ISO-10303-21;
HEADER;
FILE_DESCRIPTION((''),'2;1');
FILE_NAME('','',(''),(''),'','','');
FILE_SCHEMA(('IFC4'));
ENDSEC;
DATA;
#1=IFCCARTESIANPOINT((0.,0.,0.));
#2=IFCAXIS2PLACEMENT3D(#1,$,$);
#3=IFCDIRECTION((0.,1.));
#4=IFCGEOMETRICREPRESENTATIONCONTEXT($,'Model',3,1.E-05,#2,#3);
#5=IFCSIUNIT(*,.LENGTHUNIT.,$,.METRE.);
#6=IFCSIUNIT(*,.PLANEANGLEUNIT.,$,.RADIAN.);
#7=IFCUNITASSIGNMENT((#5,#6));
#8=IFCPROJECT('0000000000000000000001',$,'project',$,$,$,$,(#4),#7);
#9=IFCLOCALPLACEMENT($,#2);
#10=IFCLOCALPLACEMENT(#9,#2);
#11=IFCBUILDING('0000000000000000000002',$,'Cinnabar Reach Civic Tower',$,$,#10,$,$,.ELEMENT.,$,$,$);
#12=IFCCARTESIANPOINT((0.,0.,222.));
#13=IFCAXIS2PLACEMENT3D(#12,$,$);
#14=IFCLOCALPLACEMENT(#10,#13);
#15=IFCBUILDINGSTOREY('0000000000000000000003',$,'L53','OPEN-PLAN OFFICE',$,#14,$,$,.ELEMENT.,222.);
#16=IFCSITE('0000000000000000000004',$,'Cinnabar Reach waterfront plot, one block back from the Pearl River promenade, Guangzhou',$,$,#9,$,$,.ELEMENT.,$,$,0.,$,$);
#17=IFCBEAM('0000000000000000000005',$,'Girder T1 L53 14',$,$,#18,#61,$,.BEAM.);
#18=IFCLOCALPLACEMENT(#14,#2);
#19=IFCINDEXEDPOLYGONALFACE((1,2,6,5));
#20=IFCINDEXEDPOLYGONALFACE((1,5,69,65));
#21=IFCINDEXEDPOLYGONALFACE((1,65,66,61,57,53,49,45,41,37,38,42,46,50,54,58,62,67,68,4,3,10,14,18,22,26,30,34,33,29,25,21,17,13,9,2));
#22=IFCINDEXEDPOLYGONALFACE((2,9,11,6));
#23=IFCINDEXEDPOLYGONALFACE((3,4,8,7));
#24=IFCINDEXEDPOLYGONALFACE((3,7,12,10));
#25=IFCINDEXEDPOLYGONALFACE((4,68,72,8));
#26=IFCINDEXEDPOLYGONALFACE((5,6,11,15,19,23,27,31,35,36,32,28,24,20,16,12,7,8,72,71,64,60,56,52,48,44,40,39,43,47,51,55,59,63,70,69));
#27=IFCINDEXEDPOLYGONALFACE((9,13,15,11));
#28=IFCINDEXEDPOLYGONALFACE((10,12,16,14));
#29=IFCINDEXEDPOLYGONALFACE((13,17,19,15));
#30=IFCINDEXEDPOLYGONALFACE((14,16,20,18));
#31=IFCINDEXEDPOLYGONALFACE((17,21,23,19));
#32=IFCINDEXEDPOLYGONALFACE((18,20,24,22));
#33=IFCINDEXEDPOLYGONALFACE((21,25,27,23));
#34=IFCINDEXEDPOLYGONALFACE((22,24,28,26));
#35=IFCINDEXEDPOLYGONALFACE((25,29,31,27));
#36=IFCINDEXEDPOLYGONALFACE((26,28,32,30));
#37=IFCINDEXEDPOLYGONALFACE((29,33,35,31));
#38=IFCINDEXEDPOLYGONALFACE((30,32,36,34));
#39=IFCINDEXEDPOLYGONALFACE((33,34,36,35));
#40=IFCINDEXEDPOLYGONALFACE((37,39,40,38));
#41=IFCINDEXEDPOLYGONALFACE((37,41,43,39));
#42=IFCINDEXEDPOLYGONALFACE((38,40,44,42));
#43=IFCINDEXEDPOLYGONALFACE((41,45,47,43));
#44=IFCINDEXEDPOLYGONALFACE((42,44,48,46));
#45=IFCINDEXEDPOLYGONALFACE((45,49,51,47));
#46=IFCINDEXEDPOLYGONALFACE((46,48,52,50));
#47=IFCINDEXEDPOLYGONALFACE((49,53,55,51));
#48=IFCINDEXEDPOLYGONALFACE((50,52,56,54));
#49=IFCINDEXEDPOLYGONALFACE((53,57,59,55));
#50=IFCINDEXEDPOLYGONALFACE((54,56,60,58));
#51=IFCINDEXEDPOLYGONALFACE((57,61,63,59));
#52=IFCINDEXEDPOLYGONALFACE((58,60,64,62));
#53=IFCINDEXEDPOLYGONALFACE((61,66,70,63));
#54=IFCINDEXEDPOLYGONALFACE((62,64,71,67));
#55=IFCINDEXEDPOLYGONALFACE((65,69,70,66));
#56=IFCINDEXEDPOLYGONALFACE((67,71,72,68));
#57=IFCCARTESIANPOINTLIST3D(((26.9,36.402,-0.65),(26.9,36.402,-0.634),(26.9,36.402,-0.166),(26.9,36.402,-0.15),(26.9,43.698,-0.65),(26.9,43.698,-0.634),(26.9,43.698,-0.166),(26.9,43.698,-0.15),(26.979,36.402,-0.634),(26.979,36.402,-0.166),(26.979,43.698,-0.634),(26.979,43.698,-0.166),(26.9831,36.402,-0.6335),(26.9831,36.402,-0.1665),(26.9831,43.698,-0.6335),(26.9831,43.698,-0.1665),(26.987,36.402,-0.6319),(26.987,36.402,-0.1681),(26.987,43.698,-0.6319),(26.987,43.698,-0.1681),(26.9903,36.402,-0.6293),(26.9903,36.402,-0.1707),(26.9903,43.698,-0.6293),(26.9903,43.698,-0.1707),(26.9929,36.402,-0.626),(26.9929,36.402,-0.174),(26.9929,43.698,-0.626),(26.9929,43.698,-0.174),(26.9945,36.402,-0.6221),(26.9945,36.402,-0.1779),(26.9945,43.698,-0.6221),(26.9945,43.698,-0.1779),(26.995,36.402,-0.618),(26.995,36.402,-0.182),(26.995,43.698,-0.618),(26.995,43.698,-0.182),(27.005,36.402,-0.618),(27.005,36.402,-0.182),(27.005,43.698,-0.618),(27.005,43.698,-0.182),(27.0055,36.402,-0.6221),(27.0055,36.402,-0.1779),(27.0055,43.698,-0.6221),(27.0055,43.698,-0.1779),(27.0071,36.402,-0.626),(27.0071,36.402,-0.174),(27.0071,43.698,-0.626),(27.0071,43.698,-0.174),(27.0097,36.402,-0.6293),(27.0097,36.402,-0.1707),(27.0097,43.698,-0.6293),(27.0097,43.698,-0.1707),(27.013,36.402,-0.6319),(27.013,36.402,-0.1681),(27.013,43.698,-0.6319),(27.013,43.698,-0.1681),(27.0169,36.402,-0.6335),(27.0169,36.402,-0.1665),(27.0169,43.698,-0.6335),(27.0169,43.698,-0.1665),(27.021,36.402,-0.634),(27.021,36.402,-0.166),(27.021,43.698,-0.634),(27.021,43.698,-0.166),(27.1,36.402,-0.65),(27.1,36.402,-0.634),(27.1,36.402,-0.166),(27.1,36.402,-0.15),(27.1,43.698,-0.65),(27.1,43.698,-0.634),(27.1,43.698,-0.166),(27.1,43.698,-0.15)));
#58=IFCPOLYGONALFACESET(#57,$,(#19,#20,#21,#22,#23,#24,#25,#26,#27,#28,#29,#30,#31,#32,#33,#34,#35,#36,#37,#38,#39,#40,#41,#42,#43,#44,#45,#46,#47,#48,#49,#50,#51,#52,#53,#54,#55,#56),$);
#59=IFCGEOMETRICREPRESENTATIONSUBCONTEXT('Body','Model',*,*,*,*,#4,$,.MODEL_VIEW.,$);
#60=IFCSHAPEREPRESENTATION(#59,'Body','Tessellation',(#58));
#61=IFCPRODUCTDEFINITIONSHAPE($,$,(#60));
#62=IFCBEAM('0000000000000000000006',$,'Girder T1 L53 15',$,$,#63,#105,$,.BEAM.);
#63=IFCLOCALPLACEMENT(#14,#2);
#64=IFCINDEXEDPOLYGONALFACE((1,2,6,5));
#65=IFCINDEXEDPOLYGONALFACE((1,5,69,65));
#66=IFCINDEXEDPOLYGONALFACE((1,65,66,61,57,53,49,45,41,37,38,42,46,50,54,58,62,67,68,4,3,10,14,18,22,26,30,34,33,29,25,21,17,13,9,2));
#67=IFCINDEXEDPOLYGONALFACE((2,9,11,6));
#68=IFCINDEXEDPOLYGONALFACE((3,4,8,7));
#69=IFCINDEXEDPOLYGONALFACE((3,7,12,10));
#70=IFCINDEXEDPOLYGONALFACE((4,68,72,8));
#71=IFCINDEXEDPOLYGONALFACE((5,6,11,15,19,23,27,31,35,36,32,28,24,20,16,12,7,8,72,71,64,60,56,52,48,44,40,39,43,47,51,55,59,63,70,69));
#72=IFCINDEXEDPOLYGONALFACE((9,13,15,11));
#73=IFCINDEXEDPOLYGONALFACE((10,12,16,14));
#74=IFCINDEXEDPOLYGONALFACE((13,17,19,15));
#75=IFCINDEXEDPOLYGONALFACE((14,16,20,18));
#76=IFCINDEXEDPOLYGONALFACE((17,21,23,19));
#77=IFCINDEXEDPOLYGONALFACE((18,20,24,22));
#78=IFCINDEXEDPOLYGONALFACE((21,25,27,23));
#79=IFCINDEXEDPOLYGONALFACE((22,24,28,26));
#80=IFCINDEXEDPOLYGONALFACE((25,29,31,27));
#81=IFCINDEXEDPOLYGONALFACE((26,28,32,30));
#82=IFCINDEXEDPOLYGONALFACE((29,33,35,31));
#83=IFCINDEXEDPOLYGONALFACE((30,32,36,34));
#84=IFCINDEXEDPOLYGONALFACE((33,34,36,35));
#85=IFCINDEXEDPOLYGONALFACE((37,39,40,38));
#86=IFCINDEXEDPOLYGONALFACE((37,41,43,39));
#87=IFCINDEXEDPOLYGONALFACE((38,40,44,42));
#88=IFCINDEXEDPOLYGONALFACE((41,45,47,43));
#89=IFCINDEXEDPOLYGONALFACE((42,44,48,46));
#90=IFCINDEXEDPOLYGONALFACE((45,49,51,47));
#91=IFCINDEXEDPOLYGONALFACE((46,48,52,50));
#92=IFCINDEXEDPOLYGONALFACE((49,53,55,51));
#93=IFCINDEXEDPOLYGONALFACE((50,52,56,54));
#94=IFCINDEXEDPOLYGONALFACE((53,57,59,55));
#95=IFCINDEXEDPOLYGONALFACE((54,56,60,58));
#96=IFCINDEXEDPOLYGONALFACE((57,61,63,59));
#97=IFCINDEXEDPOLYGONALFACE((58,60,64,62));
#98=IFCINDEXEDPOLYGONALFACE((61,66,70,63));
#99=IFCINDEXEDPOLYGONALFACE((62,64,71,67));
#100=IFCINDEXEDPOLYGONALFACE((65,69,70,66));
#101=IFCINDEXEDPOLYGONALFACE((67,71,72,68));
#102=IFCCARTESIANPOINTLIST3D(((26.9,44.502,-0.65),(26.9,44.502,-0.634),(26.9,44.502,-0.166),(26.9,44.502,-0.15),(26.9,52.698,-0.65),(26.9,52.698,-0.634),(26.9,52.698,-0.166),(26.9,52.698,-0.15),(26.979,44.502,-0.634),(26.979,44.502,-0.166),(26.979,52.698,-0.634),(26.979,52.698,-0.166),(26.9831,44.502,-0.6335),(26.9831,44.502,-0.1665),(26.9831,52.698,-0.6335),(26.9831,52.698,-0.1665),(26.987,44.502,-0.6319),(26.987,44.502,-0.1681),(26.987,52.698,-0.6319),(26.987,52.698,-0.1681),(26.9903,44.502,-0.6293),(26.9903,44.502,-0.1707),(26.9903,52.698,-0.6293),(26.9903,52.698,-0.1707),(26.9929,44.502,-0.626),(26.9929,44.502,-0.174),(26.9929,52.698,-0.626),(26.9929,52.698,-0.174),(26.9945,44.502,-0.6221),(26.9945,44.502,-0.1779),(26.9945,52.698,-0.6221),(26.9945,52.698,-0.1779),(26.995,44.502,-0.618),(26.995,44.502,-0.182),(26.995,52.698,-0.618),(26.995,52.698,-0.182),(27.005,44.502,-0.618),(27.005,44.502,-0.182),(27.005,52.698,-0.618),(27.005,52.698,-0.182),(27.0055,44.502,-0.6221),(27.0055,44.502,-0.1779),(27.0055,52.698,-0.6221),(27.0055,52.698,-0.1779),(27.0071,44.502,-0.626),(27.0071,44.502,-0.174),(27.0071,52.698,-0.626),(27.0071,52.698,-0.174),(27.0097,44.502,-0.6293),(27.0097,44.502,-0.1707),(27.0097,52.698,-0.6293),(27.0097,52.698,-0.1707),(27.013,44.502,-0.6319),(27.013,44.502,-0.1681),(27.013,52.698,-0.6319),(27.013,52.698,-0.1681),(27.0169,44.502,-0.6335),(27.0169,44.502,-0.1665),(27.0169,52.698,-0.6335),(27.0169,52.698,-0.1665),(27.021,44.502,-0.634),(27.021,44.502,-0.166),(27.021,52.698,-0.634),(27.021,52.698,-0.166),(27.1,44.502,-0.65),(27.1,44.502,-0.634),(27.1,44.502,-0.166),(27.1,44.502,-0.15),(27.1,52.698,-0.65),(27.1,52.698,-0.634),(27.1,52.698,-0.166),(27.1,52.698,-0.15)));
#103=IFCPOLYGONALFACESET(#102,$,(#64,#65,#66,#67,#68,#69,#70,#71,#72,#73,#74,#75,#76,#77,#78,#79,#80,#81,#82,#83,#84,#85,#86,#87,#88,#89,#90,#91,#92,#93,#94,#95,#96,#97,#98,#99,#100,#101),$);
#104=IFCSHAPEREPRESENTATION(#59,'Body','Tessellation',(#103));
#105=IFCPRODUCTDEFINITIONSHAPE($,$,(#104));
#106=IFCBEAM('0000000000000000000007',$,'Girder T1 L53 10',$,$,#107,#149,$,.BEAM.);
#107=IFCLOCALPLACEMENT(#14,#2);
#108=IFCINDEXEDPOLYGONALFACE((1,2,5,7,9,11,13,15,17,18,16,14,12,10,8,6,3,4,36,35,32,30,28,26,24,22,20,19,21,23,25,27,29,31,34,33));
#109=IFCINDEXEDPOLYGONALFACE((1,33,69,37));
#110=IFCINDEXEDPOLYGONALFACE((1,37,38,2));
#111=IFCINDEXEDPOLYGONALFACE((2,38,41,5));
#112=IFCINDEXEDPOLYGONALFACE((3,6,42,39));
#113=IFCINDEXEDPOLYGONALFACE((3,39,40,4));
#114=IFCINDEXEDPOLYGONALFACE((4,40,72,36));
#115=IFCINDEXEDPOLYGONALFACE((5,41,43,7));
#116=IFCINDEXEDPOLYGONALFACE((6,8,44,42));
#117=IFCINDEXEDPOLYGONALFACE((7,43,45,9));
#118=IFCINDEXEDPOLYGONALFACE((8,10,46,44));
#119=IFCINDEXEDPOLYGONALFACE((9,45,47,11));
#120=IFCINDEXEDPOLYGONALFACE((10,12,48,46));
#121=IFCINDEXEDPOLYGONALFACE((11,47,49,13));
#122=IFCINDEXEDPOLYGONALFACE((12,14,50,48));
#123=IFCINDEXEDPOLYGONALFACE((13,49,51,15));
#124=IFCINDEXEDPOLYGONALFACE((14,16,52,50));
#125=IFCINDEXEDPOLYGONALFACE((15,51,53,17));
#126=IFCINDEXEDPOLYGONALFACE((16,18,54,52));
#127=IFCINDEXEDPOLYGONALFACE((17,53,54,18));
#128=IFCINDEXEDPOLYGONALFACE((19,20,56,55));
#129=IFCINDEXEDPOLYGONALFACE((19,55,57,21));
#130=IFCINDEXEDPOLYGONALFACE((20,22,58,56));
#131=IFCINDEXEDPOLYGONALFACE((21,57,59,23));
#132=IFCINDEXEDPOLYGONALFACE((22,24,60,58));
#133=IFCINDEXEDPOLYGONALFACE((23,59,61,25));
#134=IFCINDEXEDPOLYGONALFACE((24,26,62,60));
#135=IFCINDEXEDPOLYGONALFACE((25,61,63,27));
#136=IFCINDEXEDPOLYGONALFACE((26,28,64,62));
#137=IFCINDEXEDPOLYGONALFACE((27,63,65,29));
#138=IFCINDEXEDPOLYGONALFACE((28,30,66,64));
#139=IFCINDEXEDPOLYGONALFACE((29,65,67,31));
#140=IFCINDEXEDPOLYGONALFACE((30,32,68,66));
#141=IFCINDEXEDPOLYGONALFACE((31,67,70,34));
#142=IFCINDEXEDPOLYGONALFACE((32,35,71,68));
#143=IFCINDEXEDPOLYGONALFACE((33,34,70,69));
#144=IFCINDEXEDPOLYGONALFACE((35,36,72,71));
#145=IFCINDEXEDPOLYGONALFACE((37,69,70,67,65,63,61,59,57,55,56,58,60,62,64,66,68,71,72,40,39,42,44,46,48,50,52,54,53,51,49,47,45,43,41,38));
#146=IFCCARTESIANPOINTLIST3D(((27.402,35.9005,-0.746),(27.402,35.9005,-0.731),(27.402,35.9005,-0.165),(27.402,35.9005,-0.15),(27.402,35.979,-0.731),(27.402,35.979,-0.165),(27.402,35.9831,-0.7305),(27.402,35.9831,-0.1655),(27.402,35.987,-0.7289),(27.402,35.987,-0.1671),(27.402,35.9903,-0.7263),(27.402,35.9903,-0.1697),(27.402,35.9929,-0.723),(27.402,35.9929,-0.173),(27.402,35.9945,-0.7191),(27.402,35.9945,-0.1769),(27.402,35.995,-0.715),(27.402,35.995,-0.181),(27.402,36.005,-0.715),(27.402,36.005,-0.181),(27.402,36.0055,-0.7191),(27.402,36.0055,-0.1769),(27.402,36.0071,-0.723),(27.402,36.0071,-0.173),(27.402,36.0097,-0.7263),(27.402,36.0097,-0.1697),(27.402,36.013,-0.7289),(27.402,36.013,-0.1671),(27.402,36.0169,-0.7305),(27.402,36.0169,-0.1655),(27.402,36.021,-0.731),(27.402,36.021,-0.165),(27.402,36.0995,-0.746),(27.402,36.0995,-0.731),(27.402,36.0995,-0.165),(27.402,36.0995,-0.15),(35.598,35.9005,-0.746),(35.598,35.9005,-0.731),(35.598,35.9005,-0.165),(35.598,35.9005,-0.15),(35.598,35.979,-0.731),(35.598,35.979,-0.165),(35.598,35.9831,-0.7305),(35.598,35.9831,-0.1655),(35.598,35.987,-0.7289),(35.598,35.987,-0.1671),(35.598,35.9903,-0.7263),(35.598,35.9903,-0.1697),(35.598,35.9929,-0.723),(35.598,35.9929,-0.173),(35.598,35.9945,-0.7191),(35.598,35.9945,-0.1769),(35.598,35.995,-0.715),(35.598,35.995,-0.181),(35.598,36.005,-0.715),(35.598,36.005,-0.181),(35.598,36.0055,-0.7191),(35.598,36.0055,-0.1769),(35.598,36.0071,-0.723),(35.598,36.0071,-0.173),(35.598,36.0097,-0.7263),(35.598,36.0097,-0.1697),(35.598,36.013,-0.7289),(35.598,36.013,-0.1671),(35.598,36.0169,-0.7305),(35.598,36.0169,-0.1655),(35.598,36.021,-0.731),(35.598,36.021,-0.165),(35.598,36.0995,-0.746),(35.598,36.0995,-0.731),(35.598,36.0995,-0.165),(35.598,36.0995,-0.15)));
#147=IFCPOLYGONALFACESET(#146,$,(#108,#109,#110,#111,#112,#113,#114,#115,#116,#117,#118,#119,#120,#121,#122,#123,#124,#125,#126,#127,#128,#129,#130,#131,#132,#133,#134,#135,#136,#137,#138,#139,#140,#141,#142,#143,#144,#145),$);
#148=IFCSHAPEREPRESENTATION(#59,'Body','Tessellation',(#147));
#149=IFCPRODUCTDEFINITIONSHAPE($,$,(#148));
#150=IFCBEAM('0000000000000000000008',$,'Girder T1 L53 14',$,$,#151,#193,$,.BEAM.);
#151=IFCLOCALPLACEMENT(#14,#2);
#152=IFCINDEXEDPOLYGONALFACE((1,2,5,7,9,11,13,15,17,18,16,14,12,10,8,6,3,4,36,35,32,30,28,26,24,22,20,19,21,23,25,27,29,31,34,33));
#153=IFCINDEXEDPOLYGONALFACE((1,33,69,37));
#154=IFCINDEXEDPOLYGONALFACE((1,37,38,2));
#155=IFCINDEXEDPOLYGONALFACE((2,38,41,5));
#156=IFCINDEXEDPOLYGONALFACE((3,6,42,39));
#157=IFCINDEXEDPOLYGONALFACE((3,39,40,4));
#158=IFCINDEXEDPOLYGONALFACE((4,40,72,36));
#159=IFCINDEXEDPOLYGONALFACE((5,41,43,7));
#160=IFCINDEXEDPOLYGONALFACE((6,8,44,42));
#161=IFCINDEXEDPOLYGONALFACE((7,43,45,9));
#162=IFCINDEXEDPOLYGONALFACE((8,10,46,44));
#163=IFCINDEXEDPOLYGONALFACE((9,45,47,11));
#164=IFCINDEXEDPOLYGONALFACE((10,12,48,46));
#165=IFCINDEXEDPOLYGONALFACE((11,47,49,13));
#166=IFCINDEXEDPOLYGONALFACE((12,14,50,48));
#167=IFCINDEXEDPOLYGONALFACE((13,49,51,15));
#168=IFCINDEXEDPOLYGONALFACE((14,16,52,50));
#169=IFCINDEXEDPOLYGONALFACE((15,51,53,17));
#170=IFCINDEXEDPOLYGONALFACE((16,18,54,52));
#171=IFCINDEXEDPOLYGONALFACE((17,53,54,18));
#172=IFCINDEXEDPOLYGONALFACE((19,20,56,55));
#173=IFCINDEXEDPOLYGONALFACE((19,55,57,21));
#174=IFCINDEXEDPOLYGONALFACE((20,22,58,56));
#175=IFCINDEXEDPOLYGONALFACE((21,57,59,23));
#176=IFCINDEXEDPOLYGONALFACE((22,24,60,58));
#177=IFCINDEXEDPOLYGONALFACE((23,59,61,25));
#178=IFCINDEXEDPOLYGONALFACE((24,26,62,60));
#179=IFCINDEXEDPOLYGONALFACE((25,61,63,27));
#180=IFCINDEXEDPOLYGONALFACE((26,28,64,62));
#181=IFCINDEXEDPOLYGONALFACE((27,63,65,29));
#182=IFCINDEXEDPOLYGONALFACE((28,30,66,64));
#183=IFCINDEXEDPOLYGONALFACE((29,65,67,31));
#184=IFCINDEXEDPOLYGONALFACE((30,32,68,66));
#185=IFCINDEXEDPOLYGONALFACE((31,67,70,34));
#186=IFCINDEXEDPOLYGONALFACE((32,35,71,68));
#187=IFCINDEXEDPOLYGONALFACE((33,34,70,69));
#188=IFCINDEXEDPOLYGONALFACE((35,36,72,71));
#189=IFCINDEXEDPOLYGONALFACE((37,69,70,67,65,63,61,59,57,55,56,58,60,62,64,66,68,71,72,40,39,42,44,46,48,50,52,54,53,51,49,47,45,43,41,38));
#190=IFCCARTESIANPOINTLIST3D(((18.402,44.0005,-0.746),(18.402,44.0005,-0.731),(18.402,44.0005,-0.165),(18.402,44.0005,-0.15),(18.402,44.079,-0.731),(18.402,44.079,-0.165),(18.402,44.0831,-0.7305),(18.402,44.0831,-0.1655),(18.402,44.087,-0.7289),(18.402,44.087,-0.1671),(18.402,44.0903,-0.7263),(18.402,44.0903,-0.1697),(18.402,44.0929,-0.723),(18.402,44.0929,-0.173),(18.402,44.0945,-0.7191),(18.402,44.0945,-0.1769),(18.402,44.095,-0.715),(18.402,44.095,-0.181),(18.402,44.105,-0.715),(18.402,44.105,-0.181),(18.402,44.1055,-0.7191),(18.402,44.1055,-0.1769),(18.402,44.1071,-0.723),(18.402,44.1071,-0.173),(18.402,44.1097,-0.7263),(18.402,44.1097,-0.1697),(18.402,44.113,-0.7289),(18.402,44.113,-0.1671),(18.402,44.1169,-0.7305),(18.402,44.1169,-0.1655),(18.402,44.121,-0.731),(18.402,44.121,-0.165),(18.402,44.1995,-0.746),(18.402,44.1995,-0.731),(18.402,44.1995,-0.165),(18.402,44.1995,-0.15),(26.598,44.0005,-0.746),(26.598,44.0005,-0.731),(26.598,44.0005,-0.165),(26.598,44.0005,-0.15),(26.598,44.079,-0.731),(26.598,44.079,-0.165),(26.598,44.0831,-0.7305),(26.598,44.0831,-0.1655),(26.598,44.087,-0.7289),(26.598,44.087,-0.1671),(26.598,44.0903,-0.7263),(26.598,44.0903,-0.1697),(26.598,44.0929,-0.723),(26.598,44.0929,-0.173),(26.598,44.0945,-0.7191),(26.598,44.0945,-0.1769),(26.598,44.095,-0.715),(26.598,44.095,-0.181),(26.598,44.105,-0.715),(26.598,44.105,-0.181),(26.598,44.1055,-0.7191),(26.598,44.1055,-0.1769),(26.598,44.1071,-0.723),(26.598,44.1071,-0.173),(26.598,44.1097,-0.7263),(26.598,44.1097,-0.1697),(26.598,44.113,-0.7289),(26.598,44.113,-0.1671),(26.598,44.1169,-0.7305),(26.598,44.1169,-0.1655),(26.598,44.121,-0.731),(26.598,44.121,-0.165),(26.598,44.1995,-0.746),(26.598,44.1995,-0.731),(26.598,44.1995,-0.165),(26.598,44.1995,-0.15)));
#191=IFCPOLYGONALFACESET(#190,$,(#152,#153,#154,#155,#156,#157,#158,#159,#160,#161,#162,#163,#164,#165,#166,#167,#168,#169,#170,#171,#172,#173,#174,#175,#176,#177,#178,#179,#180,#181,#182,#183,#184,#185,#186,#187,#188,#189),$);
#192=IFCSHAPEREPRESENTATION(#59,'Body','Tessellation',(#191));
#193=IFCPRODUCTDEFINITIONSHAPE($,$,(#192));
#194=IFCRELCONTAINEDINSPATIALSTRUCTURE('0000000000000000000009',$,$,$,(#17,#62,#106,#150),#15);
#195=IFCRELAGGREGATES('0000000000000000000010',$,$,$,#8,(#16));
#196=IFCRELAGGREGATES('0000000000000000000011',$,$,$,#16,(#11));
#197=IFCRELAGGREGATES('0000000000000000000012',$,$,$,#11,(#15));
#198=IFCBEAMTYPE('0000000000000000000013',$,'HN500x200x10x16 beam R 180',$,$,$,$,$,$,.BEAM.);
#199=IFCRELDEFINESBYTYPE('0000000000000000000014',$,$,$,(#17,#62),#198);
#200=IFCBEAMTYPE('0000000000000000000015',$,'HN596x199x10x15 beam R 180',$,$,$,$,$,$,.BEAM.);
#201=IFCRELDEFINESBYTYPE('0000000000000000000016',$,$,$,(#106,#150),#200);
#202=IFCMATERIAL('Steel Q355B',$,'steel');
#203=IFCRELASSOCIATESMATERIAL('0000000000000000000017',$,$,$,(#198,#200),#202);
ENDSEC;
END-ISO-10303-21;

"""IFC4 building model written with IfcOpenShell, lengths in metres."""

from ifc_helpers import new_model, si_unit, direction, frame, origin, origin_2d, place, context, subcontext, project, spatial, i_section, extrude, material, material_profile, profile_set, type_object, element, save


model = new_model("IFC4")

# Units and contexts
model_context = context("Model", 3, precision=1e-05, world=origin(), true_north=direction((0.0, 1.0)))
body_context = subcontext(model_context, "Body", "Model", "MODEL_VIEW")
ifc_project = project(units=[si_unit("LENGTHUNIT", "METRE"), si_unit("PLANEANGLEUNIT", "RADIAN")], contexts=[model_context])

# Site, building, storey
site_placement = place(None, origin())
site = spatial("IfcSite", under=ifc_project, at=site_placement, Name="Cinnabar Reach waterfront plot, one block back from the Pearl River promenade, Guangzhou", CompositionType="ELEMENT", RefElevation=0.0)
building_placement = place(site_placement, origin())
building = spatial("IfcBuilding", under=site, at=building_placement, Name="Cinnabar Reach Civic Tower", CompositionType="ELEMENT")
storey_placement = place(building_placement, frame((0.0, 0.0, 222.0)))
storey = spatial("IfcBuildingStorey", under=building, at=storey_placement, Name="L53", Description="OPEN-PLAN OFFICE", CompositionType="ELEMENT", Elevation=222.0)

# Beams
ifc_material_1 = material(Name="Steel Q355B", Category="steel")
ifc_material_profile_1 = material_profile(ifc_material_1, i_section(OverallWidth=0.2, OverallDepth=0.5, WebThickness=0.01, FlangeThickness=0.016, FilletRadius=0.016, at=origin_2d()), Name="HN500x200x10x16")
ifc_profile_set_1 = profile_set([ifc_material_profile_1], Name="Steel Q355B")
beam_type_1 = type_object("IfcBeamType", Name="HN500x200x10x16 beam R 180", PredefinedType="BEAM", material=ifc_profile_set_1)
beam_1_placement = place(storey_placement, frame((27.0, 36.402, -0.4), z_axis=(0.0, 1.0, 0.0), x_axis=(-1.0, 0.0, 0.0)))
element("IfcBeam", 1, at=beam_1_placement, inside=storey, type_object=beam_type_1, Name="Girder T1 L53 14", PredefinedType="BEAM", context=body_context, shape_type="SweptSolid", body=[
    extrude(i_section(OverallWidth=0.2, OverallDepth=0.5, WebThickness=0.01, FlangeThickness=0.016, FilletRadius=0.016, at=origin_2d()), origin(), (0.0, 0.0, 1.0), 7.296),
])
beam_2_placement = place(storey_placement, frame((27.0, 44.502, -0.4), z_axis=(0.0, 1.0, 0.0), x_axis=(-1.0, 0.0, 0.0)))
element("IfcBeam", 2, at=beam_2_placement, inside=storey, type_object=beam_type_1, Name="Girder T1 L53 15", PredefinedType="BEAM", context=body_context, shape_type="SweptSolid", body=[
    extrude(i_section(OverallWidth=0.2, OverallDepth=0.5, WebThickness=0.01, FlangeThickness=0.016, FilletRadius=0.016, at=origin_2d()), origin(), (0.0, 0.0, 1.0), 8.196),
])
ifc_material_profile_2 = material_profile(ifc_material_1, i_section(OverallWidth=0.199, OverallDepth=0.596, WebThickness=0.01, FlangeThickness=0.015, FilletRadius=0.016, at=origin_2d()), Name="HN596x199x10x15")
ifc_profile_set_2 = profile_set([ifc_material_profile_2], Name="Steel Q355B")
beam_type_2 = type_object("IfcBeamType", Name="HN596x199x10x15 beam R 180", PredefinedType="BEAM", material=ifc_profile_set_2)
for number, where, z_axis, x_axis, name in (
    (3, (27.402, 36.0, -0.448), (1.0, 0.0, 0.0), (0.0, 1.0, 0.0), "Girder T1 L53 10"),
    (4, (18.402, 44.1, -0.448), (1.0, 0.0, 0.0), (0.0, 1.0, 0.0), "Girder T1 L53 14"),
):
    element("IfcBeam", number, at=place(storey_placement, frame(where, z_axis=z_axis, x_axis=x_axis)), inside=storey, type_object=beam_type_2, Name=name, PredefinedType="BEAM", context=body_context, shape_type="SweptSolid", body=[
        extrude(i_section(OverallWidth=0.199, OverallDepth=0.596, WebThickness=0.01, FlangeThickness=0.015, FilletRadius=0.016, at=origin_2d()), origin(), (0.0, 0.0, 1.0), 8.196),
    ])

save(model, "model.ifc")
